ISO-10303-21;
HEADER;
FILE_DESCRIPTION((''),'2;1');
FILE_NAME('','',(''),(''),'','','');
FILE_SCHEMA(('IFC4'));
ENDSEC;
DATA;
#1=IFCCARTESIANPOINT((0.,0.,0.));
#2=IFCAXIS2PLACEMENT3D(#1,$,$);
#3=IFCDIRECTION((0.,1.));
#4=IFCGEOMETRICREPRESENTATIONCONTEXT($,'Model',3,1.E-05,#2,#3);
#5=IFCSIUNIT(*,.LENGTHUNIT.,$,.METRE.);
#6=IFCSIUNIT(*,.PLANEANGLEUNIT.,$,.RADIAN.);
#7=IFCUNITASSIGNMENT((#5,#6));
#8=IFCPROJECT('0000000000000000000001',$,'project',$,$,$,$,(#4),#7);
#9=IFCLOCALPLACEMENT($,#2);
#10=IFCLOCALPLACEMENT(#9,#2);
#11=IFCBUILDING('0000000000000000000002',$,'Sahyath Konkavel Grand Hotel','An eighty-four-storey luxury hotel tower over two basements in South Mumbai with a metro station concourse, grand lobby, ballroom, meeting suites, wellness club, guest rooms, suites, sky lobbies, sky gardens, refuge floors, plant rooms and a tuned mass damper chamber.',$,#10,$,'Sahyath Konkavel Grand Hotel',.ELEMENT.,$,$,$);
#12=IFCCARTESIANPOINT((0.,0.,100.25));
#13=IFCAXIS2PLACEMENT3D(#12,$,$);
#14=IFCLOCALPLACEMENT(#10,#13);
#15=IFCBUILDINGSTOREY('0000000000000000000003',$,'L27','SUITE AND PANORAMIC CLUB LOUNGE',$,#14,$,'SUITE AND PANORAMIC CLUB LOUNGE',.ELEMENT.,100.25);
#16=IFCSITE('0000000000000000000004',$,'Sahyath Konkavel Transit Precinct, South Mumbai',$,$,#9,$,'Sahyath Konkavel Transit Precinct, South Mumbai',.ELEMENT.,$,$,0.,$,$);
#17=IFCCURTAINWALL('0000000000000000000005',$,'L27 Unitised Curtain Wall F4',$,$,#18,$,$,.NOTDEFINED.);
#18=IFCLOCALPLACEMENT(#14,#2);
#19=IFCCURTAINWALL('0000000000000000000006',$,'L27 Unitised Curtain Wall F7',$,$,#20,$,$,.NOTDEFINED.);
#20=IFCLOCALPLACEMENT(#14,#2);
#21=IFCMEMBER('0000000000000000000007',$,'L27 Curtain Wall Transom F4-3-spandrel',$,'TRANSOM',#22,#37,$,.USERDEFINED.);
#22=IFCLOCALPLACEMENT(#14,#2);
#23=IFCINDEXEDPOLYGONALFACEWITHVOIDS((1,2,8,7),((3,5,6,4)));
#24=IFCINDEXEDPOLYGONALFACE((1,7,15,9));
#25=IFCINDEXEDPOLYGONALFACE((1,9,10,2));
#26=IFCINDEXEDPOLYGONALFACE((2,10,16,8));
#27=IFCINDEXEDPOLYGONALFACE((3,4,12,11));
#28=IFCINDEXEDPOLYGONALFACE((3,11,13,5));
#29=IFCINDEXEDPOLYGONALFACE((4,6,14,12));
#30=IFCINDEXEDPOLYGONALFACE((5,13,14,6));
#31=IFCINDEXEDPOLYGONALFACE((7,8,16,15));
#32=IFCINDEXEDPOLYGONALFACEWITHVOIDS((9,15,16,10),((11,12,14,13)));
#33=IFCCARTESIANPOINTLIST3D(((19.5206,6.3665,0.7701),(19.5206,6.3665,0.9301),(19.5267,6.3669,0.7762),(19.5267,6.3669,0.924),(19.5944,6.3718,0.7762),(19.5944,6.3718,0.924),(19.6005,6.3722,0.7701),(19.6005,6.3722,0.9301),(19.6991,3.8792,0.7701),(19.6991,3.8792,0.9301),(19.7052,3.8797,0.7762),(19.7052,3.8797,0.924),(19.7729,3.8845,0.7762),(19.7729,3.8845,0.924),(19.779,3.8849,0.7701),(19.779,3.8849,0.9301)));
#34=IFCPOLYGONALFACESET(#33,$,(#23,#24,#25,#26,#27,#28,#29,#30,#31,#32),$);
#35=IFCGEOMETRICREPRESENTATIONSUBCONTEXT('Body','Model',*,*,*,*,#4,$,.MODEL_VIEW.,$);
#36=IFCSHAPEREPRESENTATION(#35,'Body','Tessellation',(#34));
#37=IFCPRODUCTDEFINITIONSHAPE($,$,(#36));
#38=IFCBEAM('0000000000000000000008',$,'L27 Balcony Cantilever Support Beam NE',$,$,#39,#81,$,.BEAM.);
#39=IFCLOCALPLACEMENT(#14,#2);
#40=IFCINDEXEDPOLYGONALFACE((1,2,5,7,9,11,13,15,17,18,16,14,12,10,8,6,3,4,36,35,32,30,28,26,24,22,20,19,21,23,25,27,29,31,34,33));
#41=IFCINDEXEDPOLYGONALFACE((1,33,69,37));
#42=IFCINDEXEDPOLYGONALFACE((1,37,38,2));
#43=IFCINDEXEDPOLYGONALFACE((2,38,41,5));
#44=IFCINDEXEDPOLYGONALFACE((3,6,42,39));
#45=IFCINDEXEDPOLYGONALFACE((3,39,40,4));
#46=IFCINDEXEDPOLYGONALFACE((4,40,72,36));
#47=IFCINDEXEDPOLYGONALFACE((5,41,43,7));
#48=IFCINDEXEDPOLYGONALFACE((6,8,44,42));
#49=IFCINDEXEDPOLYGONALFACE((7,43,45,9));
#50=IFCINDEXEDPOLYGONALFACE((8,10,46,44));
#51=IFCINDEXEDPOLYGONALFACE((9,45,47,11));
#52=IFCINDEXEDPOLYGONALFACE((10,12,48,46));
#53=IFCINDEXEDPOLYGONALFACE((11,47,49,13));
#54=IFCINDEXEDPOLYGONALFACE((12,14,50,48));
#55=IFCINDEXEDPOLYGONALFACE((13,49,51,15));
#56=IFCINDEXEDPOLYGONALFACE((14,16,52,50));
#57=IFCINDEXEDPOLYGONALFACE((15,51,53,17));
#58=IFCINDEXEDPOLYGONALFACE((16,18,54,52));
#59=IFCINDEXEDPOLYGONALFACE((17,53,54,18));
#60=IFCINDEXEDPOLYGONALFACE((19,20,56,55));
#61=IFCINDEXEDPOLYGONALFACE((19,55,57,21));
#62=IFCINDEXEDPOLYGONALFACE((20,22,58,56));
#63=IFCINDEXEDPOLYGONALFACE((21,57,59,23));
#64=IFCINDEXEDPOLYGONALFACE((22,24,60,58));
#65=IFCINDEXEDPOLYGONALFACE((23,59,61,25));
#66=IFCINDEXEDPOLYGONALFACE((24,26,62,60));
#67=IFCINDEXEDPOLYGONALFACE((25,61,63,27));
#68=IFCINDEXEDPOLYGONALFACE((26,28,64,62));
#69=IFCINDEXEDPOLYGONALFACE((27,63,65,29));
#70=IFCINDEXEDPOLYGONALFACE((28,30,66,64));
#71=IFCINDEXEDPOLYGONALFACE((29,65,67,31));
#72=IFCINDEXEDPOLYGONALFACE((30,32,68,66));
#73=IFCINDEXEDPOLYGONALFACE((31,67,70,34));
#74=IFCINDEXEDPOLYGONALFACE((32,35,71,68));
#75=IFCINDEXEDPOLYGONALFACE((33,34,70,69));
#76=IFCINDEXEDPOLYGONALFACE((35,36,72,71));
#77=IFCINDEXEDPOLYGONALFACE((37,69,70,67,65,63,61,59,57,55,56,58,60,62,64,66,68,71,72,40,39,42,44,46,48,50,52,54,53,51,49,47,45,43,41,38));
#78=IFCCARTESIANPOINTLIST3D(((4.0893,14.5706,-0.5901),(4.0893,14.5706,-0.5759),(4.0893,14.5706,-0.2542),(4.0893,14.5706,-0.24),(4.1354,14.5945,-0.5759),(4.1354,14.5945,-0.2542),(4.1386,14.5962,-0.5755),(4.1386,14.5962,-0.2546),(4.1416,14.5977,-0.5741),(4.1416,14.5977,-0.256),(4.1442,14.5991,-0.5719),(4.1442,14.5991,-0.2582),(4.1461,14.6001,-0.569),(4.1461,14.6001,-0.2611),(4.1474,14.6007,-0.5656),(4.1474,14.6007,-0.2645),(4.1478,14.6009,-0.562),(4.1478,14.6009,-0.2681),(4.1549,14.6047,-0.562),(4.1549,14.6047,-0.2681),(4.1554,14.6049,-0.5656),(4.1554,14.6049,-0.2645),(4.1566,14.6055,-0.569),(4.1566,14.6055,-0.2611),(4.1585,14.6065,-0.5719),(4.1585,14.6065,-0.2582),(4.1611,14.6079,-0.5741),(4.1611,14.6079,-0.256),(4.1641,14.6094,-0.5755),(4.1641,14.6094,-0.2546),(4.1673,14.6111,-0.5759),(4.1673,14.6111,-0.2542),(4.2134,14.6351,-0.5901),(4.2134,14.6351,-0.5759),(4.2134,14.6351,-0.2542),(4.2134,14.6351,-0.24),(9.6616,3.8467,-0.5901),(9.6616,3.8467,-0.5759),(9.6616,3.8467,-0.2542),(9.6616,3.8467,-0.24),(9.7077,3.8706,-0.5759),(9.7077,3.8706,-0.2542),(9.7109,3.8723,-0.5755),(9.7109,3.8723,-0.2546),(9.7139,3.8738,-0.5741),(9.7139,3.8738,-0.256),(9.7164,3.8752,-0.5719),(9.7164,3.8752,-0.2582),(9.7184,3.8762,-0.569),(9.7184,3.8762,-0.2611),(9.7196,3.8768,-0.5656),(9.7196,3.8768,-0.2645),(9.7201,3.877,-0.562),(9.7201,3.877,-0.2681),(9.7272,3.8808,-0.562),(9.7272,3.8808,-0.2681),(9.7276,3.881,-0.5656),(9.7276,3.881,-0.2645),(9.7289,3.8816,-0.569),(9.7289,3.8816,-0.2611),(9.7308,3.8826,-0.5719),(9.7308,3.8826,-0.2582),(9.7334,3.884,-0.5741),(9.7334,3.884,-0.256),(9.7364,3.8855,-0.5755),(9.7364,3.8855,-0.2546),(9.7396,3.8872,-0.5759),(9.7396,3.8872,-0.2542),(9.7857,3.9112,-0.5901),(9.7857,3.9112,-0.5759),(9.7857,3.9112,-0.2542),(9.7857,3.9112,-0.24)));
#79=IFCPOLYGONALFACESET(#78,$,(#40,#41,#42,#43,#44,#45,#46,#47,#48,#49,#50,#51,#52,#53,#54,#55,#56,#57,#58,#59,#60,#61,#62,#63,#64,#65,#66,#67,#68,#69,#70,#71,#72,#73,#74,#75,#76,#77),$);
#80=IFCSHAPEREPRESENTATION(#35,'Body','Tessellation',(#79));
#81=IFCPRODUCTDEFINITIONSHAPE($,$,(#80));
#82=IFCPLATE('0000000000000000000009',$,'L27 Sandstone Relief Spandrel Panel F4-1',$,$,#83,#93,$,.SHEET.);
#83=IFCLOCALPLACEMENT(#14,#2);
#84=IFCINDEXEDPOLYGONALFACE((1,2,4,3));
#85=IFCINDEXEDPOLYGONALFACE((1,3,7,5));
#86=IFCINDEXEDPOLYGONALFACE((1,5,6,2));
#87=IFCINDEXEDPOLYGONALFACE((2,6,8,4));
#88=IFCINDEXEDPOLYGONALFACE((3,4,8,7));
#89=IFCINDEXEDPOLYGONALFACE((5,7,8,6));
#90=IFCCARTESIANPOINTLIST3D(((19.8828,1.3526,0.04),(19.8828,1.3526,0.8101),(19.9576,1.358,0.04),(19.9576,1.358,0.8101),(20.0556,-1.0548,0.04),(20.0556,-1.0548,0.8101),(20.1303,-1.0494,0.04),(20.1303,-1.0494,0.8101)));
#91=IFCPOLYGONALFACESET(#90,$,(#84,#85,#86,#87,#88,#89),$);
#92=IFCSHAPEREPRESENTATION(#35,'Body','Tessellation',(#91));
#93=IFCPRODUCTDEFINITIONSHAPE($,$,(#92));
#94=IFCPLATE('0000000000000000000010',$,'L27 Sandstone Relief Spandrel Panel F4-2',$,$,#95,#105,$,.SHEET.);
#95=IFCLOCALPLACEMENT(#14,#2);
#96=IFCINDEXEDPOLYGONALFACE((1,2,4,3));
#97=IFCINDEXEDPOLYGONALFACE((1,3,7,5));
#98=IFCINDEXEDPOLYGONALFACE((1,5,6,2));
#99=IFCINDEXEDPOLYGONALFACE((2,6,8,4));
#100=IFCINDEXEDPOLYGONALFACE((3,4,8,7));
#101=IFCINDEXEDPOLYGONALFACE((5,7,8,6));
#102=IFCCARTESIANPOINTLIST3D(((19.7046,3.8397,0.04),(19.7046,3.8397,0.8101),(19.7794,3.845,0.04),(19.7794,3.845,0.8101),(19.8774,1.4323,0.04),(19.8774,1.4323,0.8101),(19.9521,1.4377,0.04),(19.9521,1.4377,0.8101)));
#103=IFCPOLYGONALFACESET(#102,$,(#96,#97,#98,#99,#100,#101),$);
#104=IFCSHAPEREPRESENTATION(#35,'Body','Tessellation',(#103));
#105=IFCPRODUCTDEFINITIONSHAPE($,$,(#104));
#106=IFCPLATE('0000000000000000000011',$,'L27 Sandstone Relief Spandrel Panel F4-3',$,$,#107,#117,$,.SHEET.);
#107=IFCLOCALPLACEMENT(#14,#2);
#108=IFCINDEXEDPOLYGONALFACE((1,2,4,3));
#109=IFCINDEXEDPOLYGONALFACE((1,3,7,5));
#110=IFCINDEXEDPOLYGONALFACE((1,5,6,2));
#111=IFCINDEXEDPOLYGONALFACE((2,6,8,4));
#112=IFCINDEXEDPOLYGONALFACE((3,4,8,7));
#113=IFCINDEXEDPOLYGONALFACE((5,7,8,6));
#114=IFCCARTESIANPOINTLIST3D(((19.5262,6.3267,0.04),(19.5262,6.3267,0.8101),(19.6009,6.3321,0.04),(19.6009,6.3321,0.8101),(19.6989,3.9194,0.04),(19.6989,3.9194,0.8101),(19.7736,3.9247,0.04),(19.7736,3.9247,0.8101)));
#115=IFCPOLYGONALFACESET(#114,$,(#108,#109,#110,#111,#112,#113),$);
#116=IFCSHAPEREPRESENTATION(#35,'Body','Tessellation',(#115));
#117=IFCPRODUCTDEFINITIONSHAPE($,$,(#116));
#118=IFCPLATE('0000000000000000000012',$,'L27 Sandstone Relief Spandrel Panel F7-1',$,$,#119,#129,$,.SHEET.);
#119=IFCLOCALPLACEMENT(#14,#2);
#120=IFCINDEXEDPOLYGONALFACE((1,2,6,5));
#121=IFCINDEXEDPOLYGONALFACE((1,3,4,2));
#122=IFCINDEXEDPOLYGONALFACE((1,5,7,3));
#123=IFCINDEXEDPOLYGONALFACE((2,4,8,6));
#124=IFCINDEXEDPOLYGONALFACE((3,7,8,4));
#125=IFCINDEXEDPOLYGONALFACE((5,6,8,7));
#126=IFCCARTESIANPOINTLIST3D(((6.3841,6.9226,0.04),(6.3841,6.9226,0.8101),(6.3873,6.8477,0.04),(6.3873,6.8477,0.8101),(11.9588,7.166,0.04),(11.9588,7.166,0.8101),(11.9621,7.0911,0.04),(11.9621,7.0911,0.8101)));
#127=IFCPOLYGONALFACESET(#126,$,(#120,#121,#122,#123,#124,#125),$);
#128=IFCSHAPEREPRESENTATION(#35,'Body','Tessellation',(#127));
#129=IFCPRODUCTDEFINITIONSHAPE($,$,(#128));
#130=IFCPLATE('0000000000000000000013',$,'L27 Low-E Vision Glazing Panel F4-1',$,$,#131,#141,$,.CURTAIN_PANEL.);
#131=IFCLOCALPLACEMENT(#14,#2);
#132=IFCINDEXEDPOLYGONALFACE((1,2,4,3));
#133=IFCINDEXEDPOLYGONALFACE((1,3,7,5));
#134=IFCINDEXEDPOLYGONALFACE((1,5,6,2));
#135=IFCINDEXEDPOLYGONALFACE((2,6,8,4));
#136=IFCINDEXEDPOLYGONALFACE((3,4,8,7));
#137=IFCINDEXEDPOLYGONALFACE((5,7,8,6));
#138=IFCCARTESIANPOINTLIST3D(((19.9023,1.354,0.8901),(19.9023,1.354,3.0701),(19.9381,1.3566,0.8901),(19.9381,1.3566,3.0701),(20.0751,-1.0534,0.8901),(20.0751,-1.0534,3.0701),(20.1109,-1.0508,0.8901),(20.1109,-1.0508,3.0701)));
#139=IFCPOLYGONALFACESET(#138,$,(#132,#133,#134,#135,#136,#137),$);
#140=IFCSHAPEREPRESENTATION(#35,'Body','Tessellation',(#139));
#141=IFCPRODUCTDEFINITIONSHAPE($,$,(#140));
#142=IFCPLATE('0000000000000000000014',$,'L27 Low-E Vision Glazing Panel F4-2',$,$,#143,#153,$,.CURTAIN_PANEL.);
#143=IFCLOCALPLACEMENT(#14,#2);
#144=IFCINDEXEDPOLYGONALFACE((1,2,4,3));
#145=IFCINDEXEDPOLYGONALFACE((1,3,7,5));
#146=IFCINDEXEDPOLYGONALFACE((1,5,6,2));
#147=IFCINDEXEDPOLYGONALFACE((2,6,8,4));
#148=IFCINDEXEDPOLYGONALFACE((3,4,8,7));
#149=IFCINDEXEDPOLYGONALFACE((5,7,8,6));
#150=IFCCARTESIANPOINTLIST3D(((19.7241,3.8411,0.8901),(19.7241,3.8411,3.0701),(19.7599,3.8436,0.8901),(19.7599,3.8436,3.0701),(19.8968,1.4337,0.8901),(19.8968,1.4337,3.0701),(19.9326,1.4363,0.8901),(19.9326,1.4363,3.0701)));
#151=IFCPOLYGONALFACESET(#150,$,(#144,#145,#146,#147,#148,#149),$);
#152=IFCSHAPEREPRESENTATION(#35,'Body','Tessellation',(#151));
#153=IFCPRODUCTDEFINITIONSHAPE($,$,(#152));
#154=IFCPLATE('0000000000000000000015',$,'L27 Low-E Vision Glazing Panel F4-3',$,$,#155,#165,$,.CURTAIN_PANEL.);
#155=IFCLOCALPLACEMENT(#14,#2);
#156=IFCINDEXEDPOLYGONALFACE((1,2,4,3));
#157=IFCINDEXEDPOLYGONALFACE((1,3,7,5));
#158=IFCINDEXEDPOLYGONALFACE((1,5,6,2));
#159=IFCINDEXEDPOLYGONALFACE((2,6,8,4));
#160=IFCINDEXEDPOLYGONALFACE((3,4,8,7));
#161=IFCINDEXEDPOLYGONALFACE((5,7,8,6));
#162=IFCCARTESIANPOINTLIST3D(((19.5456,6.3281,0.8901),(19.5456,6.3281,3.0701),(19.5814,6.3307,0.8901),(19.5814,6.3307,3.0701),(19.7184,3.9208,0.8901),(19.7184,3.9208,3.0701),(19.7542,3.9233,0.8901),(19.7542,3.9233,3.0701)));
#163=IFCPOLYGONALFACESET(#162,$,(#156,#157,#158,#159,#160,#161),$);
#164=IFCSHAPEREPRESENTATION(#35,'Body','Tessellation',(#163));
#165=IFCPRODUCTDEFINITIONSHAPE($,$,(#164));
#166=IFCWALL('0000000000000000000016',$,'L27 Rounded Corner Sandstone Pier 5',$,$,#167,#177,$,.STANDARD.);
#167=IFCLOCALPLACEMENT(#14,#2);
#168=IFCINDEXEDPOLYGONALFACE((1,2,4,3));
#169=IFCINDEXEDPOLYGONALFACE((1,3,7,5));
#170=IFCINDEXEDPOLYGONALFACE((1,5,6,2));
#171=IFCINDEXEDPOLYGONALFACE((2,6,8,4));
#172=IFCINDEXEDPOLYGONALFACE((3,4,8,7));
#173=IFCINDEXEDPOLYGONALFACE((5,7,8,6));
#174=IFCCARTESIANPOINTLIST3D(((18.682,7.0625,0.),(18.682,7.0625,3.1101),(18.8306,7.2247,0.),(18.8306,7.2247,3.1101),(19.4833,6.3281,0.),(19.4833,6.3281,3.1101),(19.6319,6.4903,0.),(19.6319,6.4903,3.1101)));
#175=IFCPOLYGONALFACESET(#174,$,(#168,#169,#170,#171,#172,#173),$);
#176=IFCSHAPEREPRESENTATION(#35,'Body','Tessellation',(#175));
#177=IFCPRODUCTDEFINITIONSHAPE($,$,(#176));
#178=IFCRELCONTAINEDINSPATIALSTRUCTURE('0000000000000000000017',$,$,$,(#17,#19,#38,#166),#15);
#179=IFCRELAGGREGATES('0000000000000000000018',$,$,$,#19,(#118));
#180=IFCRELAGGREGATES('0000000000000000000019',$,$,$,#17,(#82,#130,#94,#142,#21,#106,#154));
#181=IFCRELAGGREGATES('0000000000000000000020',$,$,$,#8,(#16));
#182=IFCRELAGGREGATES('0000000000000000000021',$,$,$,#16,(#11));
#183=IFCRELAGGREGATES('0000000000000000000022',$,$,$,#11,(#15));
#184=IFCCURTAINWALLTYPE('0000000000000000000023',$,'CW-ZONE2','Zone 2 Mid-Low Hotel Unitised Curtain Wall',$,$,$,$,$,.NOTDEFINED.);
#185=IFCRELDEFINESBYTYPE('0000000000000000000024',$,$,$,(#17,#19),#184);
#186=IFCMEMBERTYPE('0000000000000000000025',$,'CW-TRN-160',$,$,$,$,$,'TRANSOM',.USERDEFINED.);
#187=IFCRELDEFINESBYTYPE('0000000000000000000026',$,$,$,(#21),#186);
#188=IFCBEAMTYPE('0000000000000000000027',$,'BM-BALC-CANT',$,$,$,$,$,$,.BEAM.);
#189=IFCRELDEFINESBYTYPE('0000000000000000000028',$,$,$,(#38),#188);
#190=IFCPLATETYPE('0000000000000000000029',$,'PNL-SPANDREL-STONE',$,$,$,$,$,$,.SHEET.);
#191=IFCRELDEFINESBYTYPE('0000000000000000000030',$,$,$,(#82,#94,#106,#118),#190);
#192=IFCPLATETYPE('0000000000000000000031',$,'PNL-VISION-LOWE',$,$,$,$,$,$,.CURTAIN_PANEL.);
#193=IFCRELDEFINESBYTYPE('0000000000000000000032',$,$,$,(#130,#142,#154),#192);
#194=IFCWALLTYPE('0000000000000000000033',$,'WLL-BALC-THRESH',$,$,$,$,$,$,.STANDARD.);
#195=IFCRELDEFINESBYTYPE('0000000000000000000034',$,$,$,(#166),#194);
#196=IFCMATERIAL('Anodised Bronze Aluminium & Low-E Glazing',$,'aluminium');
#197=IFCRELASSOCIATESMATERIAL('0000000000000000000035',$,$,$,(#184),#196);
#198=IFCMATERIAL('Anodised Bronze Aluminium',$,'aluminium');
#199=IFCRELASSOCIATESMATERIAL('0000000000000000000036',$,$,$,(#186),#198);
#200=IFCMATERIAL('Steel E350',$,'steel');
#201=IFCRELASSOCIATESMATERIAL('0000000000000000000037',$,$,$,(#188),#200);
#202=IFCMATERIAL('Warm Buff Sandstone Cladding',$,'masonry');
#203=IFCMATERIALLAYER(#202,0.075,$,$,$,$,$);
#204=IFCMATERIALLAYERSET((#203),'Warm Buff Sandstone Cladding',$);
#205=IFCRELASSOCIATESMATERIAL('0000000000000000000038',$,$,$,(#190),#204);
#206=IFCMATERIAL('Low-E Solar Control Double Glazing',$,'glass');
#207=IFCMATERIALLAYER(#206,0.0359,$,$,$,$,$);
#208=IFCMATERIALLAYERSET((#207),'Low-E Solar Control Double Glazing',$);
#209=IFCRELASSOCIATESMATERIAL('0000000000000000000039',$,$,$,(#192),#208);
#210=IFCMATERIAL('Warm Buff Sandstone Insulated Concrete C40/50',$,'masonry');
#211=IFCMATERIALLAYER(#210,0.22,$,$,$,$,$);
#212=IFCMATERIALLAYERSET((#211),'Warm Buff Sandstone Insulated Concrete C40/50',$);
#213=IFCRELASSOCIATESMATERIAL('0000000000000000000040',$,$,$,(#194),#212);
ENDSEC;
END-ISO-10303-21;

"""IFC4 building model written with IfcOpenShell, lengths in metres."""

from ifc_helpers import new_model, si_unit, direction, frame, frame_2d, origin, origin_2d, place, context, subcontext, project, spatial, rectangle, hollow_rectangle, i_section, extrude, source, transform, mapped, material, layer, layer_set, material_profile, profile_set, type_object, element, aggregate, save


model = new_model("IFC4")

# Units and contexts
model_context = context("Model", 3, precision=1e-05, world=origin(), true_north=direction((0.0, 1.0)))
body_context = subcontext(model_context, "Body", "Model", "MODEL_VIEW")
ifc_project = project(units=[si_unit("LENGTHUNIT", "METRE"), si_unit("PLANEANGLEUNIT", "RADIAN")], contexts=[model_context])

# Site, building, storey
site_placement = place(None, origin())
site = spatial("IfcSite", under=ifc_project, at=site_placement, Name="Sahyath Konkavel Transit Precinct, South Mumbai", LongName="Sahyath Konkavel Transit Precinct, South Mumbai", CompositionType="ELEMENT", RefElevation=0.0)
building_placement = place(site_placement, origin())
building = spatial("IfcBuilding", under=site, at=building_placement, Name="Sahyath Konkavel Grand Hotel", Description="An eighty-four-storey luxury hotel tower over two basements in South Mumbai with a metro station concourse, grand lobby, ballroom, meeting suites, wellness club, guest rooms, suites, sky lobbies, sky gardens, refuge floors, plant rooms and a tuned mass damper chamber.", LongName="Sahyath Konkavel Grand Hotel", CompositionType="ELEMENT")
storey_placement = place(building_placement, frame((0.0, 0.0, 100.25)))
storey = spatial("IfcBuildingStorey", under=building, at=storey_placement, Name="L27", Description="SUITE AND PANORAMIC CLUB LOUNGE", LongName="SUITE AND PANORAMIC CLUB LOUNGE", CompositionType="ELEMENT", Elevation=100.25)

# Shared definitions
ifc_material_1 = material(Name="Steel E350", Category="steel")

# Curtain wall
ifc_material_2 = material(Name="Anodised Bronze Aluminium & Low-E Glazing", Category="aluminium")
curtain_wall_type = type_object("IfcCurtainWallType", Name="CW-ZONE2", Description="Zone 2 Mid-Low Hotel Unitised Curtain Wall", PredefinedType="NOTDEFINED", material=ifc_material_2)
curtain_wall_1_placement = place(storey_placement, origin())
curtain_wall_1 = element("IfcCurtainWall", 1, at=curtain_wall_1_placement, inside=storey, type_object=curtain_wall_type, Name="L27 Unitised Curtain Wall F4", PredefinedType="NOTDEFINED")
ifc_material_3 = material(Name="Anodised Bronze Aluminium", Category="aluminium")

# Curtain wall
curtain_wall_2_placement = place(storey_placement, origin())
curtain_wall_2 = element("IfcCurtainWall", 2, at=curtain_wall_2_placement, inside=storey, type_object=curtain_wall_type, Name="L27 Unitised Curtain Wall F7", PredefinedType="NOTDEFINED")

# Member
ifc_material_profile_1 = material_profile(ifc_material_3, hollow_rectangle(XDim=0.0801, YDim=0.1599, WallThickness=0.0061, at=origin_2d()), Name="RHS 160x80x6")
ifc_profile_set_1 = profile_set([ifc_material_profile_1], Name="Anodised Bronze Aluminium")
member_type_1 = type_object("IfcMemberType", Name="CW-TRN-160", ElementType="TRANSOM", PredefinedType="USERDEFINED", material=ifc_profile_set_1)
shared_shape_1 = source(origin(), body_context, "Body", "SweptSolid", [
    extrude(hollow_rectangle(XDim=0.0801, YDim=0.1599, WallThickness=0.0061, at=origin_2d()), origin(), (0.0, 0.0, 1.0), 2.4937),
])
member_1_placement = place(storey_placement, frame((19.739, 3.8821, 0.8501), z_axis=(-0.071567, 0.997436, 0.0), x_axis=(-0.997436, -0.071567, 0.0)))
member_1 = element("IfcMember", 3, at=member_1_placement, type_object=member_type_1, Name="L27 Curtain Wall Transom F4-3-spandrel", ObjectType="TRANSOM", PredefinedType="USERDEFINED", context=body_context, shape_type="MappedRepresentation", body=[
    mapped(shared_shape_1, transform((0.0, 0.0, 0.0), scale=1.0)),
])

# Beam
ifc_material_profile_2 = material_profile(ifc_material_1, i_section(OverallWidth=0.1399, OverallDepth=0.3501, WebThickness=0.0081, FlangeThickness=0.0142, FilletRadius=0.0139, at=origin_2d()), Name="ISMB 350")
ifc_profile_set_2 = profile_set([ifc_material_profile_2], Name="Steel E350")
beam_type_1 = type_object("IfcBeamType", Name="BM-BALC-CANT", PredefinedType="BEAM", material=ifc_profile_set_2)
shared_shape_2 = source(origin(), body_context, "Body", "SweptSolid", [
    extrude(i_section(OverallWidth=0.1399, OverallDepth=0.3501, WebThickness=0.0081, FlangeThickness=0.0142, FilletRadius=0.0139, at=origin_2d()), origin(), (0.0, 0.0, 1.0), 12.0852),
])
beam_1_placement = place(storey_placement, frame((9.7236, 3.8789, -0.415), z_axis=(-0.461082, 0.887357, 0.0), x_axis=(-0.887357, -0.461082, 0.0)))
element("IfcBeam", 4, at=beam_1_placement, inside=storey, type_object=beam_type_1, Name="L27 Balcony Cantilever Support Beam NE", PredefinedType="BEAM", context=body_context, shape_type="MappedRepresentation", body=[
    mapped(shared_shape_2, transform((0.0, 0.0, 0.0), scale=1.0)),
])

# Plates
ifc_material_4 = material(Name="Warm Buff Sandstone Cladding", Category="masonry")
ifc_layer_1 = layer(ifc_material_4, 0.075)
ifc_layer_set_1 = layer_set([ifc_layer_1], Name="Warm Buff Sandstone Cladding")
plate_type_1 = type_object("IfcPlateType", Name="PNL-SPANDREL-STONE", PredefinedType="SHEET", material=ifc_layer_set_1)
shared_shape_3 = source(origin(), body_context, "Body", "SweptSolid", [
    extrude(rectangle(XDim=2.4136, YDim=0.075, at=origin_2d()), origin(), (0.0, 0.0, 1.0), 0.77),
])
plate_1_placement = place(storey_placement, frame((20.0066, 0.1516, 0.04), z_axis=(0.0, 0.0, 1.0), x_axis=(-0.071567, 0.997436, 0.0)))
plate_1 = element("IfcPlate", 5, at=plate_1_placement, type_object=plate_type_1, Name="L27 Sandstone Relief Spandrel Panel F4-1", PredefinedType="SHEET", context=body_context, shape_type="MappedRepresentation", body=[
    mapped(shared_shape_3, transform((0.0, 0.0, 0.0), scale=1.0)),
])
plate_2_placement = place(storey_placement, frame((19.8284, 2.6387, 0.04), z_axis=(0.0, 0.0, 1.0), x_axis=(-0.071567, 0.997436, 0.0)))
plate_2 = element("IfcPlate", 6, at=plate_2_placement, type_object=plate_type_1, Name="L27 Sandstone Relief Spandrel Panel F4-2", PredefinedType="SHEET", context=body_context, shape_type="MappedRepresentation", body=[
    mapped(shared_shape_3, transform((0.0, 0.0, 0.0), scale=1.0)),
])
plate_3_placement = place(storey_placement, frame((19.6499, 5.1257, 0.04), z_axis=(0.0, 0.0, 1.0), x_axis=(-0.071567, 0.997436, 0.0)))
plate_3 = element("IfcPlate", 7, at=plate_3_placement, type_object=plate_type_1, Name="L27 Sandstone Relief Spandrel Panel F4-3", PredefinedType="SHEET", context=body_context, shape_type="MappedRepresentation", body=[
    mapped(shared_shape_3, transform((0.0, 0.0, 0.0), scale=1.0)),
])
shared_shape_4 = source(origin(), body_context, "Body", "SweptSolid", [
    extrude(rectangle(XDim=5.5801, YDim=0.075, at=origin_2d()), origin(), (0.0, 0.0, 1.0), 0.77),
])
plate_4_placement = place(storey_placement, frame((9.1731, 7.0068, 0.04), z_axis=(0.0, 0.0, 1.0), x_axis=(-0.999048, -0.043619, 0.0)))
plate_4 = element("IfcPlate", 8, at=plate_4_placement, type_object=plate_type_1, Name="L27 Sandstone Relief Spandrel Panel F7-1", PredefinedType="SHEET", context=body_context, shape_type="MappedRepresentation", body=[
    mapped(shared_shape_4, transform((0.0, 0.0, 0.0), scale=1.0)),
])
aggregate(curtain_wall_2, [plate_4])
ifc_material_5 = material(Name="Low-E Solar Control Double Glazing", Category="glass")
ifc_layer_2 = layer(ifc_material_5, 0.0359)
ifc_layer_set_2 = layer_set([ifc_layer_2], Name="Low-E Solar Control Double Glazing")
plate_type_2 = type_object("IfcPlateType", Name="PNL-VISION-LOWE", PredefinedType="CURTAIN_PANEL", material=ifc_layer_set_2)
shared_shape_5 = source(origin(), body_context, "Body", "SweptSolid", [
    extrude(rectangle(XDim=2.4136, YDim=0.0359, at=origin_2d()), origin(), (0.0, 0.0, 1.0), 2.1799),
])
plate_5_placement = place(storey_placement, frame((20.0066, 0.1516, 0.8901), z_axis=(0.0, 0.0, 1.0), x_axis=(-0.071567, 0.997436, 0.0)))
plate_5 = element("IfcPlate", 9, at=plate_5_placement, type_object=plate_type_2, Name="L27 Low-E Vision Glazing Panel F4-1", PredefinedType="CURTAIN_PANEL", context=body_context, shape_type="MappedRepresentation", body=[
    mapped(shared_shape_5, transform((0.0, 0.0, 0.0), scale=1.0)),
])
plate_6_placement = place(storey_placement, frame((19.8284, 2.6387, 0.8901), z_axis=(0.0, 0.0, 1.0), x_axis=(-0.071567, 0.997436, 0.0)))
plate_6 = element("IfcPlate", 10, at=plate_6_placement, type_object=plate_type_2, Name="L27 Low-E Vision Glazing Panel F4-2", PredefinedType="CURTAIN_PANEL", context=body_context, shape_type="MappedRepresentation", body=[
    mapped(shared_shape_5, transform((0.0, 0.0, 0.0), scale=1.0)),
])
plate_7_placement = place(storey_placement, frame((19.6499, 5.1257, 0.8901), z_axis=(0.0, 0.0, 1.0), x_axis=(-0.071567, 0.997436, 0.0)))
plate_7 = element("IfcPlate", 11, at=plate_7_placement, type_object=plate_type_2, Name="L27 Low-E Vision Glazing Panel F4-3", PredefinedType="CURTAIN_PANEL", context=body_context, shape_type="MappedRepresentation", body=[
    mapped(shared_shape_5, transform((0.0, 0.0, 0.0), scale=1.0)),
])
aggregate(curtain_wall_1, [plate_1, plate_5, plate_2, plate_6, member_1, plate_3, plate_7])

# Wall
ifc_material_6 = material(Name="Warm Buff Sandstone Insulated Concrete C40/50", Category="masonry")
ifc_layer_3 = layer(ifc_material_6, 0.22)
ifc_layer_set_3 = layer_set([ifc_layer_3], Name="Warm Buff Sandstone Insulated Concrete C40/50")
wall_type_1 = type_object("IfcWallType", Name="WLL-BALC-THRESH", PredefinedType="STANDARD", material=ifc_layer_set_3)
wall_1_placement = place(storey_placement, frame((19.5576, 6.4092, 0.0), z_axis=(0.0, 0.0, 1.0), x_axis=(-0.73721, 0.675664, 0.0)))
element("IfcWall", 12, at=wall_1_placement, inside=storey, type_object=wall_type_1, Name="L27 Rounded Corner Sandstone Pier 5", PredefinedType="STANDARD", context=body_context, shape_type="SweptSolid", body=[
    extrude(rectangle(XDim=1.0869, YDim=0.22, at=frame_2d((0.5435, 0.0))), origin(), (0.0, 0.0, 1.0), 3.1101),
])

save(model, "model.ifc")
